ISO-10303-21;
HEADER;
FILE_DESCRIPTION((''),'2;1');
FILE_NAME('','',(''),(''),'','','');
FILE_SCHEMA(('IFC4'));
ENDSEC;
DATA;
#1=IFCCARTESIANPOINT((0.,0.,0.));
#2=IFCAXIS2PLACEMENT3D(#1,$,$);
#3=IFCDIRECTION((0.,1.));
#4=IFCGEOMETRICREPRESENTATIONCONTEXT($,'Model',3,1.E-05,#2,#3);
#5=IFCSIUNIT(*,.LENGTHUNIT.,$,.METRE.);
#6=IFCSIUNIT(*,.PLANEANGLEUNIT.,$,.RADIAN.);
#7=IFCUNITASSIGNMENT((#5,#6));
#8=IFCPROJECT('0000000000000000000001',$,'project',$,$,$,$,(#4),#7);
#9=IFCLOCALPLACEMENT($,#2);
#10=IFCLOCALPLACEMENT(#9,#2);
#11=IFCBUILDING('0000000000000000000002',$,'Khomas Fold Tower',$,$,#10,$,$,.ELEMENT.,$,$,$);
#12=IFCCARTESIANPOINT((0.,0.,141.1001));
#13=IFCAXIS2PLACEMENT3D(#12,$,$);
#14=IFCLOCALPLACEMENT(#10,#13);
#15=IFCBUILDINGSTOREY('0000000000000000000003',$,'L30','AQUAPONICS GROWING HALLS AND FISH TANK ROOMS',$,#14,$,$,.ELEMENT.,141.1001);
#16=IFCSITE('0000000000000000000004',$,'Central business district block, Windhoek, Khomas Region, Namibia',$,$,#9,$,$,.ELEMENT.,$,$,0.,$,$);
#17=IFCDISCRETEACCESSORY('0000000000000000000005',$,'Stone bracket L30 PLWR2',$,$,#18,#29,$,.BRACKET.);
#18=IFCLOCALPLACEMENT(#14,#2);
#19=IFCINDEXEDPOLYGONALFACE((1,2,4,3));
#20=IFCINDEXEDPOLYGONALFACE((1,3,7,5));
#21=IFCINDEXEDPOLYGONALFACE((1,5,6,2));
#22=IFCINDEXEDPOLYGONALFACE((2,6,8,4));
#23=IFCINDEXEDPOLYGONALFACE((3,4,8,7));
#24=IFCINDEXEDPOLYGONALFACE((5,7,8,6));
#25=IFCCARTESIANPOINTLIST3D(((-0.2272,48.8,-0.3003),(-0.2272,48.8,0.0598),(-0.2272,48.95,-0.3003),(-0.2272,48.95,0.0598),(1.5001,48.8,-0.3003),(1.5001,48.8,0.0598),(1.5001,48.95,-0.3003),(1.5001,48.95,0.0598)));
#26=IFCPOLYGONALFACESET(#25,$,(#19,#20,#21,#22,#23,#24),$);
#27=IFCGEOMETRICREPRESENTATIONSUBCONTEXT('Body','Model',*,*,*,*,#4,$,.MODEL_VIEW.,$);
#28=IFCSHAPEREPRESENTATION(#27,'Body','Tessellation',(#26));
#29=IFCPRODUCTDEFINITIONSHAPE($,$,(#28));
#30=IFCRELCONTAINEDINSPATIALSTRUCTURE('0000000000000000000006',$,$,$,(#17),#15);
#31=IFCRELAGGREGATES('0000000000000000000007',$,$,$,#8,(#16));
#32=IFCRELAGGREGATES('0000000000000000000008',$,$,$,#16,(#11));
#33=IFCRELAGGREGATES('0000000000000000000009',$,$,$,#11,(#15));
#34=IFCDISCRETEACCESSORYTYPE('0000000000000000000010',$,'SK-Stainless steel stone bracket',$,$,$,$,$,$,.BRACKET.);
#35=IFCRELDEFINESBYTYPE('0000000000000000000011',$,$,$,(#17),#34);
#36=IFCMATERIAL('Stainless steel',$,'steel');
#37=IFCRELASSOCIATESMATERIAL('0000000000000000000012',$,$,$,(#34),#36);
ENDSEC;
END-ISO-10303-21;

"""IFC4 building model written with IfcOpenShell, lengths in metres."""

from ifc_helpers import new_model, si_unit, direction, frame, origin, origin_2d, place, context, subcontext, project, spatial, rectangle, extrude, source, transform, mapped, material, type_object, element, save


model = new_model("IFC4")

# Units and contexts
model_context = context("Model", 3, precision=1e-05, world=origin(), true_north=direction((0.0, 1.0)))
body_context = subcontext(model_context, "Body", "Model", "MODEL_VIEW")
ifc_project = project(units=[si_unit("LENGTHUNIT", "METRE"), si_unit("PLANEANGLEUNIT", "RADIAN")], contexts=[model_context])

# Site, building, storey
site_placement = place(None, origin())
site = spatial("IfcSite", under=ifc_project, at=site_placement, Name="Central business district block, Windhoek, Khomas Region, Namibia", CompositionType="ELEMENT", RefElevation=0.0)
building_placement = place(site_placement, origin())
building = spatial("IfcBuilding", under=site, at=building_placement, Name="Khomas Fold Tower", CompositionType="ELEMENT")
storey_placement = place(building_placement, frame((0.0, 0.0, 141.1001)))
storey = spatial("IfcBuildingStorey", under=building, at=storey_placement, Name="L30", Description="AQUAPONICS GROWING HALLS AND FISH TANK ROOMS", CompositionType="ELEMENT", Elevation=141.1001)

# Discrete accessory
ifc_material_1 = material(Name="Stainless steel", Category="steel")
discrete_accessory_type = type_object("IfcDiscreteAccessoryType", Name="SK-Stainless steel stone bracket", PredefinedType="BRACKET", material=ifc_material_1)
shared_shape_1 = source(origin(), body_context, "Body", "SweptSolid", [
    extrude(rectangle(XDim=1.7273, YDim=0.1499, at=origin_2d()), origin(), (0.0, 0.0, 1.0), 0.3601),
])
for number, where, z_axis, x_axis, name in (
    (1, (0.6365, 48.875, -0.3003), (0.0, 0.0, 1.0), (-1.0, 0.0, 0.0), "Stone bracket L30 PLWR2"),
):
    element("IfcDiscreteAccessory", number, at=place(storey_placement, frame(where, z_axis=z_axis, x_axis=x_axis)), inside=storey, type_object=discrete_accessory_type, Name=name, PredefinedType="BRACKET", context=body_context, shape_type="MappedRepresentation", body=[
        mapped(shared_shape_1, transform((0.0, 0.0, 0.0))),
    ])

save(model, "model.ifc")
